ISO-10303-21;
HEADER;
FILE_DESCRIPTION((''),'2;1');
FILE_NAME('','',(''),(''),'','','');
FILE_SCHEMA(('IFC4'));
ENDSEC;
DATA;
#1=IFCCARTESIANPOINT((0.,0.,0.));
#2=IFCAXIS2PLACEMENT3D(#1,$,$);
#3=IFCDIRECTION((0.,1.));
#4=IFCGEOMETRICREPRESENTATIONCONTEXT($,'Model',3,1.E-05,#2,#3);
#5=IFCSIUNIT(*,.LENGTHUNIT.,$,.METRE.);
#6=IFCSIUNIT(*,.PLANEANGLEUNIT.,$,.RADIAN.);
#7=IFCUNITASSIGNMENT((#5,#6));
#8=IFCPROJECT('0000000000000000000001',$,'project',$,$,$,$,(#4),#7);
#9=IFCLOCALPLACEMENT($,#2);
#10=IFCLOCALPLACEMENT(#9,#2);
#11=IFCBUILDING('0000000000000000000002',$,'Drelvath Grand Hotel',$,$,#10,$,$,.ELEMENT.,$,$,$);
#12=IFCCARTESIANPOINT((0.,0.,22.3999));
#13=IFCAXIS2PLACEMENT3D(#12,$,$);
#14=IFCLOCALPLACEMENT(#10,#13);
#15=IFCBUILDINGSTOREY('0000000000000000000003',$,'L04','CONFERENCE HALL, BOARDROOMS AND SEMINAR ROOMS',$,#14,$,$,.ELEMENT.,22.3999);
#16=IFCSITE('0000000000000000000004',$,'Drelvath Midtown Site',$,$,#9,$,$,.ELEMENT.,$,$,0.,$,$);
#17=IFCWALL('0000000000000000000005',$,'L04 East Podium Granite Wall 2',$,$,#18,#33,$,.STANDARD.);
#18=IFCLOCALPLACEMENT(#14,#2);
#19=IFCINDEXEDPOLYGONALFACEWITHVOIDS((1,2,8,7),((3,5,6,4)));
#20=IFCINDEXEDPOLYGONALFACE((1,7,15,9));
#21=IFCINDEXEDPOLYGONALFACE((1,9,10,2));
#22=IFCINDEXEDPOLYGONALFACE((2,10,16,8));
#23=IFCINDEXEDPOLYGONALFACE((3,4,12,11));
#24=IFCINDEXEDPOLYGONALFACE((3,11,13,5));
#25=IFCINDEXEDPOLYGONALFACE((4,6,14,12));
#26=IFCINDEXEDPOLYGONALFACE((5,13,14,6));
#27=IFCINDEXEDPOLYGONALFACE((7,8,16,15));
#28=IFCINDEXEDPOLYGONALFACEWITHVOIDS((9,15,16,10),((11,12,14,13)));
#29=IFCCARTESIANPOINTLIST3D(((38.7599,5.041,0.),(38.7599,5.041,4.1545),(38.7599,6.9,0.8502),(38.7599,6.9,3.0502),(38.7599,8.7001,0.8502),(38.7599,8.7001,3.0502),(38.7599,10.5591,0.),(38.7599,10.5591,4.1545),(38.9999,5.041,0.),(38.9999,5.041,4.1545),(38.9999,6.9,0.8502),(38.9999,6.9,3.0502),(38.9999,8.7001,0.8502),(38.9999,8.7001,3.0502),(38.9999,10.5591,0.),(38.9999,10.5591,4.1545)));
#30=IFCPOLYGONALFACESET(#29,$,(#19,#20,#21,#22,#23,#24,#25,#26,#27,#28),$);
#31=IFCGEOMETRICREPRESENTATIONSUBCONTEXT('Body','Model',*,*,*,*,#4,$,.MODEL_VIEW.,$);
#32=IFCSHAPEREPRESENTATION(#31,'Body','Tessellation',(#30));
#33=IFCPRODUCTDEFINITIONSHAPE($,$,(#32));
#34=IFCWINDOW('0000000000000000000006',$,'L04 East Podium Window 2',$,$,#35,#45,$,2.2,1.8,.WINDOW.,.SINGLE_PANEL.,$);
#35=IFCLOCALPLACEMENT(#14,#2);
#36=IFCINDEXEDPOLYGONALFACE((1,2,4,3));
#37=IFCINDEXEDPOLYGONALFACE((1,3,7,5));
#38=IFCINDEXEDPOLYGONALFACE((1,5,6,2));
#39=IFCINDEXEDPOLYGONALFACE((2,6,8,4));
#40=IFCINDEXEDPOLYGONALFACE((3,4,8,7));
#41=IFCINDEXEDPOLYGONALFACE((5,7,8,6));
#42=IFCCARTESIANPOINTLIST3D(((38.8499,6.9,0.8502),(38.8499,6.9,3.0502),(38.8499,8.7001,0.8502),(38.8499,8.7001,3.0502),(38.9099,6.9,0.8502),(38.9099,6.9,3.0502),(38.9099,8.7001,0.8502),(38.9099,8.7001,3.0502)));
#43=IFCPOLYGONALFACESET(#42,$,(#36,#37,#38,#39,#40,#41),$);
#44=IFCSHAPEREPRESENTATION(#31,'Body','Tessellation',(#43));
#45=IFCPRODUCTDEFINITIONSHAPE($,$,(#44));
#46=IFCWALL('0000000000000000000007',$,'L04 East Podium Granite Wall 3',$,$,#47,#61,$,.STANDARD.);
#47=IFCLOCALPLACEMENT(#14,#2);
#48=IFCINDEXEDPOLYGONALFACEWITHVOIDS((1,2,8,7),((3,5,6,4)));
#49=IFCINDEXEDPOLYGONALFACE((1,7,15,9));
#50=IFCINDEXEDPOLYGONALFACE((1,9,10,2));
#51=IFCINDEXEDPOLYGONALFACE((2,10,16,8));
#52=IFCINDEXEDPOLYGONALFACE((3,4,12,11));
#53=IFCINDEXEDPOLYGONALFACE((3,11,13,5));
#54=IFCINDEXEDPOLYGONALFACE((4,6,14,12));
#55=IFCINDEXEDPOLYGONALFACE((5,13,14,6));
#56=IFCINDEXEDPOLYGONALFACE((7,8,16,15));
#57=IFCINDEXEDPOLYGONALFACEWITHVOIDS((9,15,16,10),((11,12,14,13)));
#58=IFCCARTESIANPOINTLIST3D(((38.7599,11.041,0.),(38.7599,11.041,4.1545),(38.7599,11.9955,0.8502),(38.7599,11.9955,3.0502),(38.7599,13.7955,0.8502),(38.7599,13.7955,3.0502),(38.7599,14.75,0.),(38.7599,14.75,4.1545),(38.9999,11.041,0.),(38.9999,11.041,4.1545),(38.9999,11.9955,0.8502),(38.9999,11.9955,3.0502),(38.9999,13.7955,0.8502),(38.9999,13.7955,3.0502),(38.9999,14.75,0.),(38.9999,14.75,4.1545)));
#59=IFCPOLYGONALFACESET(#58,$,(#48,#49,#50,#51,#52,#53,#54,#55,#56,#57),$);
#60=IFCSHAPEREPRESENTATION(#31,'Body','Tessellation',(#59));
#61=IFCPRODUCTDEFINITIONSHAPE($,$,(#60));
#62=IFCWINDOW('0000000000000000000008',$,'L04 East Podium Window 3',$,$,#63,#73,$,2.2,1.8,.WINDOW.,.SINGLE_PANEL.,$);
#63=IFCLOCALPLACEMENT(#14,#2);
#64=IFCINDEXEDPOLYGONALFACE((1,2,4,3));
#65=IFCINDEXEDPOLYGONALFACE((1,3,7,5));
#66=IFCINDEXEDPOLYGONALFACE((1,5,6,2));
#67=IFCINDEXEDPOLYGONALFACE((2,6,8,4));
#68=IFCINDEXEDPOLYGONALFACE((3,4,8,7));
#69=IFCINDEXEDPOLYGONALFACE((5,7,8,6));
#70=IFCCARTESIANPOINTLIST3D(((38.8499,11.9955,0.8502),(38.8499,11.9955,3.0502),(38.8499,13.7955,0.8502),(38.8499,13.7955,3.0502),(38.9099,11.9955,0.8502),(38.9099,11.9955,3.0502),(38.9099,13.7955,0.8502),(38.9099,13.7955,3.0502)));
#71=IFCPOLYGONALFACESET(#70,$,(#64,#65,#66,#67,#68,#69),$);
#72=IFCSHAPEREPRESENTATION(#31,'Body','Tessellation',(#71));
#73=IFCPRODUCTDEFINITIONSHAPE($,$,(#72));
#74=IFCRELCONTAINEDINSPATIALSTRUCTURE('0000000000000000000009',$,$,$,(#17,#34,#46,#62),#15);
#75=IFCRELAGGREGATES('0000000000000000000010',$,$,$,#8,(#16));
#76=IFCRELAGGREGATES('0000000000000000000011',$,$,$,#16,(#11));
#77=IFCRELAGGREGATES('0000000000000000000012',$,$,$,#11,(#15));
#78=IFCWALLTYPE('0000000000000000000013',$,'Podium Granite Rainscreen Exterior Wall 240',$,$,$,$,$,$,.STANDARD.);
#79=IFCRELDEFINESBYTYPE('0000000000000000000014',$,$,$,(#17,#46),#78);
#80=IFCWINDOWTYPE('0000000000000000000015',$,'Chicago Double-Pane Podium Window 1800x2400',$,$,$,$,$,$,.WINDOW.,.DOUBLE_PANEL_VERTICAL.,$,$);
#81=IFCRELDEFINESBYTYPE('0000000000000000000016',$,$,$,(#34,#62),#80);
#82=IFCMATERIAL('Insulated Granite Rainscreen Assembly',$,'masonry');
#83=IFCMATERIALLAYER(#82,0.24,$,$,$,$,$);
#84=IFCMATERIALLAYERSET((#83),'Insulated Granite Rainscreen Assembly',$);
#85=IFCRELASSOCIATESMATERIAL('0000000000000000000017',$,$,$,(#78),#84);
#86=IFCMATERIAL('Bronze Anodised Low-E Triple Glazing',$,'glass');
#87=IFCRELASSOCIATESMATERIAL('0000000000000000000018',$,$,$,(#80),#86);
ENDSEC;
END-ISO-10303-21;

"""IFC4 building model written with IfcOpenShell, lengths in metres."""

from ifc_helpers import new_model, si_unit, direction, frame, frame_2d, origin, place, context, subcontext, project, spatial, rectangle, extrude, material, layer, layer_set, type_object, element, fill, save


model = new_model("IFC4")

# Units and contexts
model_context = context("Model", 3, precision=1e-05, world=origin(), true_north=direction((0.0, 1.0)))
body_context = subcontext(model_context, "Body", "Model", "MODEL_VIEW")
ifc_project = project(units=[si_unit("LENGTHUNIT", "METRE"), si_unit("PLANEANGLEUNIT", "RADIAN")], contexts=[model_context])

# Site, building, storey
site_placement = place(None, origin())
site = spatial("IfcSite", under=ifc_project, at=site_placement, Name="Drelvath Midtown Site", CompositionType="ELEMENT", RefElevation=0.0)
building_placement = place(site_placement, origin())
building = spatial("IfcBuilding", under=site, at=building_placement, Name="Drelvath Grand Hotel", CompositionType="ELEMENT")
storey_placement = place(building_placement, frame((0.0, 0.0, 22.3999)))
storey = spatial("IfcBuildingStorey", under=building, at=storey_placement, Name="L04", Description="CONFERENCE HALL, BOARDROOMS AND SEMINAR ROOMS", CompositionType="ELEMENT", Elevation=22.3999)

# Walls, openings, windows
ifc_material_1 = material(Name="Insulated Granite Rainscreen Assembly", Category="masonry")
ifc_layer_1 = layer(ifc_material_1, 0.24)
ifc_layer_set_1 = layer_set([ifc_layer_1], Name="Insulated Granite Rainscreen Assembly")
wall_type_1 = type_object("IfcWallType", Name="Podium Granite Rainscreen Exterior Wall 240", PredefinedType="STANDARD", material=ifc_layer_set_1)
wall_1_placement = place(storey_placement, frame((38.8799, 10.5591, 0.0), z_axis=(0.0, 0.0, 1.0), x_axis=(0.0, -1.0, 0.0)))
wall_1 = element("IfcWall", 1, at=wall_1_placement, inside=storey, type_object=wall_type_1, Name="L04 East Podium Granite Wall 2", PredefinedType="STANDARD", context=body_context, shape_type="SweptSolid", body=[
    extrude(rectangle(XDim=5.5181, YDim=0.24, at=frame_2d((2.759, 0.0))), origin(), (0.0, 0.0, 1.0), 4.1545),
])
opening_1_placement = place(wall_1_placement, frame((1.8591, 0.0, 0.8501)))
opening_1 = element("IfcOpeningElement", 2, at=opening_1_placement, cuts=wall_1, PredefinedType="OPENING", context=body_context, shape_type="SweptSolid", body=[
    extrude(rectangle(XDim=1.8, YDim=2.2, at=frame_2d((0.8999, 1.1001))), frame((0.0, 0.1299, 0.0), z_axis=(0.0, -1.0, 0.0), x_axis=(1.0, 0.0, 0.0)), (0.0, 0.0, 1.0), 0.26),
])
ifc_material_2 = material(Name="Bronze Anodised Low-E Triple Glazing", Category="glass")
window_type = type_object("IfcWindowType", Name="Chicago Double-Pane Podium Window 1800x2400", PartitioningType="DOUBLE_PANEL_VERTICAL", PredefinedType="WINDOW", material=ifc_material_2)
window_1_placement = place(opening_1_placement, origin())
window_1 = element("IfcWindow", 3, at=window_1_placement, inside=storey, type_object=window_type, Name="L04 East Podium Window 2", OverallHeight=2.2, OverallWidth=1.8, PartitioningType="SINGLE_PANEL", PredefinedType="WINDOW", context=body_context, shape_type="SweptSolid", body=[
    extrude(rectangle(XDim=1.8, YDim=2.2, at=frame_2d((0.8999, 1.1001))), frame((0.0, 0.03, 0.0), z_axis=(0.0, -1.0, 0.0), x_axis=(1.0, 0.0, 0.0)), (0.0, 0.0, 1.0), 0.0601),
])
fill(opening_1, window_1)
wall_2_placement = place(storey_placement, frame((38.8799, 14.75, 0.0), z_axis=(0.0, 0.0, 1.0), x_axis=(0.0, -1.0, 0.0)))
wall_2 = element("IfcWall", 4, at=wall_2_placement, inside=storey, type_object=wall_type_1, Name="L04 East Podium Granite Wall 3", PredefinedType="STANDARD", context=body_context, shape_type="SweptSolid", body=[
    extrude(rectangle(XDim=3.709, YDim=0.24, at=frame_2d((1.8545, 0.0))), origin(), (0.0, 0.0, 1.0), 4.1545),
])
opening_2_placement = place(wall_2_placement, frame((0.9546, 0.0, 0.8501)))
opening_2 = element("IfcOpeningElement", 5, at=opening_2_placement, cuts=wall_2, PredefinedType="OPENING", context=body_context, shape_type="SweptSolid", body=[
    extrude(rectangle(XDim=1.8, YDim=2.2, at=frame_2d((0.8999, 1.1001))), frame((0.0, 0.1299, 0.0), z_axis=(0.0, -1.0, 0.0), x_axis=(1.0, 0.0, 0.0)), (0.0, 0.0, 1.0), 0.26),
])
window_2_placement = place(opening_2_placement, origin())
window_2 = element("IfcWindow", 6, at=window_2_placement, inside=storey, type_object=window_type, Name="L04 East Podium Window 3", OverallHeight=2.2, OverallWidth=1.8, PartitioningType="SINGLE_PANEL", PredefinedType="WINDOW", context=body_context, shape_type="SweptSolid", body=[
    extrude(rectangle(XDim=1.8, YDim=2.2, at=frame_2d((0.8999, 1.1001))), frame((0.0, 0.03, 0.0), z_axis=(0.0, -1.0, 0.0), x_axis=(1.0, 0.0, 0.0)), (0.0, 0.0, 1.0), 0.0601),
])
fill(opening_2, window_2)

save(model, "model.ifc")
